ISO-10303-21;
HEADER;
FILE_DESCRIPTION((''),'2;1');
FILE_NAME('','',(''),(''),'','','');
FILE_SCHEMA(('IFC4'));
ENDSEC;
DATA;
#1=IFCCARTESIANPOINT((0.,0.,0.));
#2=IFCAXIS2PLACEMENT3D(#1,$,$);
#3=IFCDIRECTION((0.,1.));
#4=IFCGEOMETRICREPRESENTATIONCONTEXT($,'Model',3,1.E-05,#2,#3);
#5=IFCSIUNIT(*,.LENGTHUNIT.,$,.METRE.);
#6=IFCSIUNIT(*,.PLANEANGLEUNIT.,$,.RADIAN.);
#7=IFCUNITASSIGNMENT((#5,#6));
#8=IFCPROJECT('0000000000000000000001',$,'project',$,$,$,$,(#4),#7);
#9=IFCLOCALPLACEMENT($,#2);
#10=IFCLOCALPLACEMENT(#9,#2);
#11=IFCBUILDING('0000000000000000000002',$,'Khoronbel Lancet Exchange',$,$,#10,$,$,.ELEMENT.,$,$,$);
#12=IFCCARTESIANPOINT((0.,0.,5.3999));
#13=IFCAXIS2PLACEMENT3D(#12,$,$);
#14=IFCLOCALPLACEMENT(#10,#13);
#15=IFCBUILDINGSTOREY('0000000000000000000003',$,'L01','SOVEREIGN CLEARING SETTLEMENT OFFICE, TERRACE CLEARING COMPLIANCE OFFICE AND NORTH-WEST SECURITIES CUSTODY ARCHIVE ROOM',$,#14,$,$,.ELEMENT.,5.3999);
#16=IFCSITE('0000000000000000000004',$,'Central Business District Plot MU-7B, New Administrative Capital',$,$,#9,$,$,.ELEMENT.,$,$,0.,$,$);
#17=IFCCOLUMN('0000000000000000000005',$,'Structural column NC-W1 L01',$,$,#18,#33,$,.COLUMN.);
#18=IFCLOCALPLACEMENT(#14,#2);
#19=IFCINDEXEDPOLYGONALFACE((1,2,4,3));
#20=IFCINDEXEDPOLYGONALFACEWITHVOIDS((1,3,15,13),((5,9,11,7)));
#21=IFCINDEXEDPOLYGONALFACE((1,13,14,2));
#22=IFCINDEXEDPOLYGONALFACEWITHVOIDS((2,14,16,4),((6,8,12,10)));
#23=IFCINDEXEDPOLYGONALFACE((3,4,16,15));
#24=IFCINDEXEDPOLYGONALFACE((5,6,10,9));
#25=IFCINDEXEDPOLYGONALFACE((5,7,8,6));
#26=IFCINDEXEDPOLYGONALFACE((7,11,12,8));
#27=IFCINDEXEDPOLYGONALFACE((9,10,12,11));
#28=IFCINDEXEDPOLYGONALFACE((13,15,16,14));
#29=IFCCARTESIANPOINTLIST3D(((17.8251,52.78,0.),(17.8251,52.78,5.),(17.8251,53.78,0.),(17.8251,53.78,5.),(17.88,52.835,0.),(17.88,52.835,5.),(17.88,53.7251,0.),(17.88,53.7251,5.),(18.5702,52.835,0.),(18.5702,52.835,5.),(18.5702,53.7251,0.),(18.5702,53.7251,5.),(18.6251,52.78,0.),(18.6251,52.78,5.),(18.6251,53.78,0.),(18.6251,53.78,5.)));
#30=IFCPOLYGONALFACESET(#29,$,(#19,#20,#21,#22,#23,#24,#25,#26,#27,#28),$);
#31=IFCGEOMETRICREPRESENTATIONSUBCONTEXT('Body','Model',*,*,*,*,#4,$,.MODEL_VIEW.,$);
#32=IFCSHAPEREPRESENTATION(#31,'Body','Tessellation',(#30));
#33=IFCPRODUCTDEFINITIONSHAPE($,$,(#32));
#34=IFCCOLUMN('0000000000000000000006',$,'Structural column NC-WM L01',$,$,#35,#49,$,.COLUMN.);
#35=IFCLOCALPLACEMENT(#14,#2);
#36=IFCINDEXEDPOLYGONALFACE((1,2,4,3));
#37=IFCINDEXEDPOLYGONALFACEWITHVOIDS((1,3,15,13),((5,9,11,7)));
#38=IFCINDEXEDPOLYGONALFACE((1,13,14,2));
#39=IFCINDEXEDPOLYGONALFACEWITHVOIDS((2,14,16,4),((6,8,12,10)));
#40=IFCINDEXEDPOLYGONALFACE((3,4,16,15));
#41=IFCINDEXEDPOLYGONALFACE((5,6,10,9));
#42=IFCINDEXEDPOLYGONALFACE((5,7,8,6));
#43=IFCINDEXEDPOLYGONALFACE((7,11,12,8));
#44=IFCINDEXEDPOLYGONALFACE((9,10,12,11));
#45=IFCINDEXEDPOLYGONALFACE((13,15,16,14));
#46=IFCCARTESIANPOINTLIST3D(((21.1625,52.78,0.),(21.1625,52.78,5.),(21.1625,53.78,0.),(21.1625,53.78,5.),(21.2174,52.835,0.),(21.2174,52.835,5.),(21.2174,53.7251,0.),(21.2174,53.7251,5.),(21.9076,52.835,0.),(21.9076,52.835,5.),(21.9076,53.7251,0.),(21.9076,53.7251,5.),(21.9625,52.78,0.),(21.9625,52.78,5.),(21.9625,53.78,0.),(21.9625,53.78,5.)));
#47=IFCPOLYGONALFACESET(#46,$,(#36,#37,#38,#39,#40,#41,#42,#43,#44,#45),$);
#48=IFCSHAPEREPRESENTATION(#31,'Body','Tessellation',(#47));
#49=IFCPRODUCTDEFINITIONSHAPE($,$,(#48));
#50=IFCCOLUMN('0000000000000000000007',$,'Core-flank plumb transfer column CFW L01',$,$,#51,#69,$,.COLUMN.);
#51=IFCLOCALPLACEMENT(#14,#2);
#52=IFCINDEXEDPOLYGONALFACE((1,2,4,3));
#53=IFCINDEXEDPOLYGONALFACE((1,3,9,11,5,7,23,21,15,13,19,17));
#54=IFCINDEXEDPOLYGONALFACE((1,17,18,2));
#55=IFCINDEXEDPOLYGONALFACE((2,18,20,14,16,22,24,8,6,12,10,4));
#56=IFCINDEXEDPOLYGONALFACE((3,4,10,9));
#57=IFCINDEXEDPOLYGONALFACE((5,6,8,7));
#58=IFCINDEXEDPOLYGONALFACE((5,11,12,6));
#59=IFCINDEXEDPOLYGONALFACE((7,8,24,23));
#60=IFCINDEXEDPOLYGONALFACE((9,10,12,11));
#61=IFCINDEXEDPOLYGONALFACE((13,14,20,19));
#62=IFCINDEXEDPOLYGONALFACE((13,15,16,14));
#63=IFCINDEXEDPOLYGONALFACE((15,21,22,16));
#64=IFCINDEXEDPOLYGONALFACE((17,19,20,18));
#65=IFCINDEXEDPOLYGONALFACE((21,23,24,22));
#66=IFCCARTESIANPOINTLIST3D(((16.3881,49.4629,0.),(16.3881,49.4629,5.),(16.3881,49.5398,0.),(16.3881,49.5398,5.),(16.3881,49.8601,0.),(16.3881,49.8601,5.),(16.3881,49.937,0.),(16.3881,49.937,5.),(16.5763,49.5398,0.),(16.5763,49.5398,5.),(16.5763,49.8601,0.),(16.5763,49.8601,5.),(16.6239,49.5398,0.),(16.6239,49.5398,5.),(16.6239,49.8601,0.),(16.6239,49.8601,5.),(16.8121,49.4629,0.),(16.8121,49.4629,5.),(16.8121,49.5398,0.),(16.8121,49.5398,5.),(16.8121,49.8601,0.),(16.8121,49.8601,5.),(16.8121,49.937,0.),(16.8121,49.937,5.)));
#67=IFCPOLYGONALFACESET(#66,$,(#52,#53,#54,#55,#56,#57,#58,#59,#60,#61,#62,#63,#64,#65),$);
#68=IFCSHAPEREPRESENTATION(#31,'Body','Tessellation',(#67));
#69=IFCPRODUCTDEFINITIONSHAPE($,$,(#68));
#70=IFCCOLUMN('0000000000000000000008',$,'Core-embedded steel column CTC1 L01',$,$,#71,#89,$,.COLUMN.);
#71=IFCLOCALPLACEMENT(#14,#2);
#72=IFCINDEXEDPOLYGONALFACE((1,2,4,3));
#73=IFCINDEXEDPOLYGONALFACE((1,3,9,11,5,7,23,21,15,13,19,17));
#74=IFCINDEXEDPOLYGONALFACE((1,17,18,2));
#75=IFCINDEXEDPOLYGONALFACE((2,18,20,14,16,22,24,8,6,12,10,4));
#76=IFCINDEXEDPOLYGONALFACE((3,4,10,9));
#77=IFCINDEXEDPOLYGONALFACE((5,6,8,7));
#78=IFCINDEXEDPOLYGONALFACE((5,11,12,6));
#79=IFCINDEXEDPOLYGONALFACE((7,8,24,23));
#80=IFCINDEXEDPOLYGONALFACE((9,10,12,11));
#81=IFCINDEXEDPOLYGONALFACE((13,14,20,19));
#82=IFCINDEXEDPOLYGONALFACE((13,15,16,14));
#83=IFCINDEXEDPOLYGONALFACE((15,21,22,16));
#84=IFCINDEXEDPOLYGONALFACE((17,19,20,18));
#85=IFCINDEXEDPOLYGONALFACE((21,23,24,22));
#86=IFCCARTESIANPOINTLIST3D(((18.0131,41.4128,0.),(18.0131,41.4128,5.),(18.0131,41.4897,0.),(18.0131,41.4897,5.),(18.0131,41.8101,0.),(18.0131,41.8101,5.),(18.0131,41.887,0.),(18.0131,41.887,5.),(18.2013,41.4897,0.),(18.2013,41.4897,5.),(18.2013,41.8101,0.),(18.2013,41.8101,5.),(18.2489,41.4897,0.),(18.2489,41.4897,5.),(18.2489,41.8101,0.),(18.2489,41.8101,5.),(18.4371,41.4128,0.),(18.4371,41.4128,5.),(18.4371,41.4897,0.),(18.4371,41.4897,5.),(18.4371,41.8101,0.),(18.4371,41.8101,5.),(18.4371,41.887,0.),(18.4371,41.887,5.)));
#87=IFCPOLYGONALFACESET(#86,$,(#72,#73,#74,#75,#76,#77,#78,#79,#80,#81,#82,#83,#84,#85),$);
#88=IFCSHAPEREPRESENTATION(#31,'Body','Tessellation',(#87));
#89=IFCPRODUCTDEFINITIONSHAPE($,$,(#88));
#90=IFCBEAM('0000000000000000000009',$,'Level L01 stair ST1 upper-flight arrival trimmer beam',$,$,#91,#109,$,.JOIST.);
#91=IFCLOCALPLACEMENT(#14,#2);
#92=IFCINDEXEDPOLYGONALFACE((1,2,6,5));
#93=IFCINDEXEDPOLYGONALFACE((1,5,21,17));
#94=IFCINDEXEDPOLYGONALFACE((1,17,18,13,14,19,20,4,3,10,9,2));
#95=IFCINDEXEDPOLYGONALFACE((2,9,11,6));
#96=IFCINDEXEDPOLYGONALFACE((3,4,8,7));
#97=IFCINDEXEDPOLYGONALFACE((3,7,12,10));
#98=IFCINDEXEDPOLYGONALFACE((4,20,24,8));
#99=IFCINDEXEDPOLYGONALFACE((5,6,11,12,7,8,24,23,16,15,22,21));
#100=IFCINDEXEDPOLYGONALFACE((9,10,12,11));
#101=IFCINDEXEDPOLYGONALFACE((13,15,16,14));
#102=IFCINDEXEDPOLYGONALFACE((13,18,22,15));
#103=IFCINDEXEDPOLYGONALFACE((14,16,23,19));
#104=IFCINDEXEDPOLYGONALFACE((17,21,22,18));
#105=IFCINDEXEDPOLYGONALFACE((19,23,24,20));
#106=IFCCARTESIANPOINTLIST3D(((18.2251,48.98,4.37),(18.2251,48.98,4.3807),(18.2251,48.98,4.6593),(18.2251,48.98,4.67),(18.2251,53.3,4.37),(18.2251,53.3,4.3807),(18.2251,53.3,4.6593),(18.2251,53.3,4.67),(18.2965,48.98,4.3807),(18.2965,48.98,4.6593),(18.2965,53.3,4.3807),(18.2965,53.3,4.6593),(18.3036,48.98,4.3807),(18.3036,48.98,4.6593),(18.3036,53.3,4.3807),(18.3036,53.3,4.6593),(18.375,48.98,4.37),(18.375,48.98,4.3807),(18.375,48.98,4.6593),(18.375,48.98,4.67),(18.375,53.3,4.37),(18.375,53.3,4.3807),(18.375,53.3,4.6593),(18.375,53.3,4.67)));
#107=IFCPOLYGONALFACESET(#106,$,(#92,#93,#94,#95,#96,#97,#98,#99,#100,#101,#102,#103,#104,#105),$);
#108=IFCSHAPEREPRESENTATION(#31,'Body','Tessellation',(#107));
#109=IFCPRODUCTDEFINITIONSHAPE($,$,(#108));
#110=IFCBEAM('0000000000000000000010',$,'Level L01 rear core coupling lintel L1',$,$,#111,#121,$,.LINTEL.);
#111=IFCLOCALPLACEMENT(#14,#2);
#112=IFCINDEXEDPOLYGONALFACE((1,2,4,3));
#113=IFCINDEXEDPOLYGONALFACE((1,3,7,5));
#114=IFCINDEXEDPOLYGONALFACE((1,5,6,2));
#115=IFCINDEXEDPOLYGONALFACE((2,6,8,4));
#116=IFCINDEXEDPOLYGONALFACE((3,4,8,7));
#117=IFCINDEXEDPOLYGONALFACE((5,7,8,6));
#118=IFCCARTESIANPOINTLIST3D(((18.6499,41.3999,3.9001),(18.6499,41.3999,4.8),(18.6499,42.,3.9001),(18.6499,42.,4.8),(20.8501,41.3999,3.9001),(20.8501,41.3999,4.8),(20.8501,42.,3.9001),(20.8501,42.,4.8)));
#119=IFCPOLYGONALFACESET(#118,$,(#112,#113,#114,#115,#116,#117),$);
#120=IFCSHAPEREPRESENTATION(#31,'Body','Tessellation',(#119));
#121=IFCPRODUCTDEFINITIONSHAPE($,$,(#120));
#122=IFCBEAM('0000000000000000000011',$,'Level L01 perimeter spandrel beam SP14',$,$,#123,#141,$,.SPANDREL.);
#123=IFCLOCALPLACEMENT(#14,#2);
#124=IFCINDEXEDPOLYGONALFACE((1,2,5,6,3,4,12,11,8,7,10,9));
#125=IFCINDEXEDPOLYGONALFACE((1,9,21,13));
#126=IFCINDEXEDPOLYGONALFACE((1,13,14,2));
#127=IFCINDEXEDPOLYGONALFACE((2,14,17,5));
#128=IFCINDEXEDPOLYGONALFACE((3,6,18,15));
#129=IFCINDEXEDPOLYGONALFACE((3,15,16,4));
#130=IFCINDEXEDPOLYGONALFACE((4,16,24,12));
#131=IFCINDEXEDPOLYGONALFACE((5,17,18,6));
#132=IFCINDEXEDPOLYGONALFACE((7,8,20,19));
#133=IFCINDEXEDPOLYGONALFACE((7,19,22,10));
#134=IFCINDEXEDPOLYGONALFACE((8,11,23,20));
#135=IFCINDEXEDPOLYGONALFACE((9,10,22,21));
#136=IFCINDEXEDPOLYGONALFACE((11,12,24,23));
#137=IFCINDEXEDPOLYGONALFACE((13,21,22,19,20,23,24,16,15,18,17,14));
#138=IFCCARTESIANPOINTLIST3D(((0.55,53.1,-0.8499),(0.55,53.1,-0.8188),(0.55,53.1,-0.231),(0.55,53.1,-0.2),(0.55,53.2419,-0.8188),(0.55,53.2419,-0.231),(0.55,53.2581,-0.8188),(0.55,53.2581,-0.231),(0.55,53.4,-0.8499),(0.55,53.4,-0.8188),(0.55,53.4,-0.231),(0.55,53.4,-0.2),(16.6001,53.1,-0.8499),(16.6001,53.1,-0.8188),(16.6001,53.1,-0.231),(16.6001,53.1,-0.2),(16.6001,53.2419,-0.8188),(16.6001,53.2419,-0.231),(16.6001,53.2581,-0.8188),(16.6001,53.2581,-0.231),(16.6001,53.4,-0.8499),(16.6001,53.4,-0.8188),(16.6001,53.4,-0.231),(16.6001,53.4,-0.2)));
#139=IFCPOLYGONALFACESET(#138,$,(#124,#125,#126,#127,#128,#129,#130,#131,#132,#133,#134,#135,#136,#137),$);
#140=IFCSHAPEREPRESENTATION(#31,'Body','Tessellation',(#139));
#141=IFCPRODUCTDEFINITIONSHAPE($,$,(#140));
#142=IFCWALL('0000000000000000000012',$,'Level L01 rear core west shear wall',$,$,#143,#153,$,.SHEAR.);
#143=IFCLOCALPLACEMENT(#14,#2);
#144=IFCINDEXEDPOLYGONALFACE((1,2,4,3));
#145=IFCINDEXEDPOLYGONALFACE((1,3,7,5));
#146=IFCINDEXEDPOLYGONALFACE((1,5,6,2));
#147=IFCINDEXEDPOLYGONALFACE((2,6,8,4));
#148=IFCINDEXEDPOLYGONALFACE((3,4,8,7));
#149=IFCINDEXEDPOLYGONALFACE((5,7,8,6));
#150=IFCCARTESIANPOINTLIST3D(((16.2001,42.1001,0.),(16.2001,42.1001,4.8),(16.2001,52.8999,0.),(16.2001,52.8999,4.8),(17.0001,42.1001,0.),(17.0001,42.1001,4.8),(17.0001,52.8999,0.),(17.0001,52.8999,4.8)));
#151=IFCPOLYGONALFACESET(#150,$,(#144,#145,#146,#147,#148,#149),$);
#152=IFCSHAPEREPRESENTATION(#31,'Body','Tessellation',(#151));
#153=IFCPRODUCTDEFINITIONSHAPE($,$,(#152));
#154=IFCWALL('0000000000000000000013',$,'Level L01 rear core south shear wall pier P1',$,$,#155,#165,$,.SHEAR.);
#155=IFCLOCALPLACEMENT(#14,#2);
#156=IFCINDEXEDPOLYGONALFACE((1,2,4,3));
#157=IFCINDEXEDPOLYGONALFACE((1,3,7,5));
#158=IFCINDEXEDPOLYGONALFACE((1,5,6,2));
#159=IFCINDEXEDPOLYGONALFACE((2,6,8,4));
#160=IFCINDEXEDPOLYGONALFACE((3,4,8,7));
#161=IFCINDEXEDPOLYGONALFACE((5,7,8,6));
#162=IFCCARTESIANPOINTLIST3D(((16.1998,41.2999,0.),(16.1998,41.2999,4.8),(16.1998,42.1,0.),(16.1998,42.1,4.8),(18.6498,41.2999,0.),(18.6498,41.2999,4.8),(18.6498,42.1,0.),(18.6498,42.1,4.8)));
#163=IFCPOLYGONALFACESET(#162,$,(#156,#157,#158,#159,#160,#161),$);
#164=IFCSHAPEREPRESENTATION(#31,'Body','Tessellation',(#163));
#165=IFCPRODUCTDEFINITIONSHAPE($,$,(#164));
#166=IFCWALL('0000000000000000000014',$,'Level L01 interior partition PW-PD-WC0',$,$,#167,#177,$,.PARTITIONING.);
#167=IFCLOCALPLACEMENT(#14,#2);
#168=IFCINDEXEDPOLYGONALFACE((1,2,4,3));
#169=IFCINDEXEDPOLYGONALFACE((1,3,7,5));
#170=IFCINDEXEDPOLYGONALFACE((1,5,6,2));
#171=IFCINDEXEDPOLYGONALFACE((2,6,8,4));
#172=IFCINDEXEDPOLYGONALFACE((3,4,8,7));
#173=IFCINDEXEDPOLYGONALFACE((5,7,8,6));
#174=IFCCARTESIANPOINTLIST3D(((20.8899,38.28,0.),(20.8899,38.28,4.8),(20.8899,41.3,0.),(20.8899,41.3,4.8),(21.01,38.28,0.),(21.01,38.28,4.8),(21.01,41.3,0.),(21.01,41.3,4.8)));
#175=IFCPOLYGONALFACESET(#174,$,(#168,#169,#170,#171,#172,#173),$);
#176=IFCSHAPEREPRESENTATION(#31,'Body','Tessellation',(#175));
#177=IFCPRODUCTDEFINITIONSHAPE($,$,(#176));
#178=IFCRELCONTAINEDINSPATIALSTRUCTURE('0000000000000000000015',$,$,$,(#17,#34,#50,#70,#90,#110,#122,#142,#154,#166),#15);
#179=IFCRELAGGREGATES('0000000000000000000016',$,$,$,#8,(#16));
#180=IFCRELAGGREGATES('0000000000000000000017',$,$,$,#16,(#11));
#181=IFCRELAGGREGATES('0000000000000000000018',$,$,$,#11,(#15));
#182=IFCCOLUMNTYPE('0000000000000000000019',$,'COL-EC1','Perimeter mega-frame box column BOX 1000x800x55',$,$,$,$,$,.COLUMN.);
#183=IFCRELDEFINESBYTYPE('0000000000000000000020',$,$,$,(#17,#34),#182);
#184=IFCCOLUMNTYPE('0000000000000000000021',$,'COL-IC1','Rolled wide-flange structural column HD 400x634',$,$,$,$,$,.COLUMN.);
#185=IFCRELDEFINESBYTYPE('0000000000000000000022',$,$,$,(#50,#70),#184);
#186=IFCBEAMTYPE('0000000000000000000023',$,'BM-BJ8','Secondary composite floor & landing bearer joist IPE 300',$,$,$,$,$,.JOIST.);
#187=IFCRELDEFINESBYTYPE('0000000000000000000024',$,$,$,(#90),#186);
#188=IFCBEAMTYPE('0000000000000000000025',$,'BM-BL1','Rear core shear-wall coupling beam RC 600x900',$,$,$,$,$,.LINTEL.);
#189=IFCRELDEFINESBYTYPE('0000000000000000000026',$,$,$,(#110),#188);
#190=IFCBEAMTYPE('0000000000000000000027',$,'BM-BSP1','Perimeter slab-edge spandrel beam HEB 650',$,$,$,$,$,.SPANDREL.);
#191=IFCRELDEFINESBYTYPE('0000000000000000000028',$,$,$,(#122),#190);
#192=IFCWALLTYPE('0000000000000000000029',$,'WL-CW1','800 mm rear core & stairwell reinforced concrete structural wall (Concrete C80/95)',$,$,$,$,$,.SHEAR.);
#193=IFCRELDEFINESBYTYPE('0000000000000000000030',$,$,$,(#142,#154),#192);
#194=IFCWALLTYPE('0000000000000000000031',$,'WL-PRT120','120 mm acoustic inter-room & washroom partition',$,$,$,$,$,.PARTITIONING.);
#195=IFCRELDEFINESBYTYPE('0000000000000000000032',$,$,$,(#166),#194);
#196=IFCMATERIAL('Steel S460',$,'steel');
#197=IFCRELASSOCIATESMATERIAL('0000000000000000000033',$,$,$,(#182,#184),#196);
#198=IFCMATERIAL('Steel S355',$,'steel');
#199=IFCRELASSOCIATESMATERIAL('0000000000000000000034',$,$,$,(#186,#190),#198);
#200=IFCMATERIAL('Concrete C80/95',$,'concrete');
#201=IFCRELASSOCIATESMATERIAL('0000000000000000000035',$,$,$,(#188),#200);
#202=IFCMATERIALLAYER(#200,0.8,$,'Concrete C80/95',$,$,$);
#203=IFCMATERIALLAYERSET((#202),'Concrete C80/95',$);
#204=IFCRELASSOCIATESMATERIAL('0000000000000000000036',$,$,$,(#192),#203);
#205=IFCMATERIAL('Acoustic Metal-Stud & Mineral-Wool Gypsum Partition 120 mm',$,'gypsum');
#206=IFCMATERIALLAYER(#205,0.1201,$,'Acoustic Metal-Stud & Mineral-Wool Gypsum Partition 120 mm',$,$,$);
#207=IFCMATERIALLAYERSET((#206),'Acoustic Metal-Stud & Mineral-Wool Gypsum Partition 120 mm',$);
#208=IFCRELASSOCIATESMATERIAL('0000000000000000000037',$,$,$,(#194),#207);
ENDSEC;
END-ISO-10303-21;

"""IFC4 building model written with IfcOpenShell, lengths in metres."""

from ifc_helpers import new_model, si_unit, direction, frame, frame_2d, origin, origin_2d, place, context, subcontext, project, spatial, rectangle, hollow_rectangle, i_section, extrude, material, layer, layer_set, material_profile, profile_set, type_object, element, save


model = new_model("IFC4")

# Units and contexts
model_context = context("Model", 3, precision=1e-05, world=origin(), true_north=direction((0.0, 1.0)))
body_context = subcontext(model_context, "Body", "Model", "MODEL_VIEW")
ifc_project = project(units=[si_unit("LENGTHUNIT", "METRE"), si_unit("PLANEANGLEUNIT", "RADIAN")], contexts=[model_context])

# Site, building, storey
site_placement = place(None, origin())
site = spatial("IfcSite", under=ifc_project, at=site_placement, Name="Central Business District Plot MU-7B, New Administrative Capital", CompositionType="ELEMENT", RefElevation=0.0)
building_placement = place(site_placement, origin())
building = spatial("IfcBuilding", under=site, at=building_placement, Name="Khoronbel Lancet Exchange", CompositionType="ELEMENT")
storey_placement = place(building_placement, frame((0.0, 0.0, 5.3999)))
storey = spatial("IfcBuildingStorey", under=building, at=storey_placement, Name="L01", Description="SOVEREIGN CLEARING SETTLEMENT OFFICE, TERRACE CLEARING COMPLIANCE OFFICE AND NORTH-WEST SECURITIES CUSTODY ARCHIVE ROOM", CompositionType="ELEMENT", Elevation=5.3999)

# Columns
ifc_material_1 = material(Name="Steel S460", Category="steel")
ifc_material_profile_1 = material_profile(ifc_material_1, hollow_rectangle(XDim=0.8, YDim=1.0, WallThickness=0.0549, at=origin_2d()), Name="BOX 1000x800x55")
ifc_profile_set_1 = profile_set([ifc_material_profile_1], Name="Steel S460")
column_type_1 = type_object("IfcColumnType", Name="COL-EC1", Description="Perimeter mega-frame box column BOX 1000x800x55", PredefinedType="COLUMN", material=ifc_profile_set_1)
for number, where, z_axis, x_axis, name in (
    (1, (18.2251, 53.28, 0.0), (0.0, 0.0, 1.0), (1.0, 0.0, 0.0), "Structural column NC-W1 L01"),
    (2, (21.5625, 53.28, 0.0), (0.0, 0.0, 1.0), (1.0, 0.0, 0.0), "Structural column NC-WM L01"),
):
    element("IfcColumn", number, at=place(storey_placement, frame(where, z_axis=z_axis, x_axis=x_axis)), inside=storey, type_object=column_type_1, Name=name, PredefinedType="COLUMN", context=body_context, shape_type="SweptSolid", body=[
        extrude(hollow_rectangle(XDim=0.8, YDim=1.0, WallThickness=0.0549, at=origin_2d()), origin(), (0.0, 0.0, 1.0), 5.0),
    ])
ifc_material_profile_2 = material_profile(ifc_material_1, i_section(OverallWidth=0.4241, OverallDepth=0.4741, WebThickness=0.0476, FlangeThickness=0.0769, at=origin_2d()), Name="HD 400x634")
ifc_profile_set_2 = profile_set([ifc_material_profile_2], Name="Steel S460")
column_type_2 = type_object("IfcColumnType", Name="COL-IC1", Description="Rolled wide-flange structural column HD 400x634", PredefinedType="COLUMN", material=ifc_profile_set_2)
for number, where, z_axis, x_axis, name in (
    (3, (16.6001, 49.7, 0.0), (0.0, 0.0, 1.0), (1.0, 0.0, 0.0), "Core-flank plumb transfer column CFW L01"),
    (4, (18.2251, 41.6499, 0.0), (0.0, 0.0, 1.0), (1.0, 0.0, 0.0), "Core-embedded steel column CTC1 L01"),
):
    element("IfcColumn", number, at=place(storey_placement, frame(where, z_axis=z_axis, x_axis=x_axis)), inside=storey, type_object=column_type_2, Name=name, PredefinedType="COLUMN", context=body_context, shape_type="SweptSolid", body=[
        extrude(i_section(OverallWidth=0.4241, OverallDepth=0.4741, WebThickness=0.0476, FlangeThickness=0.0769, at=origin_2d()), origin(), (0.0, 0.0, 1.0), 5.0),
    ])

# Beams
ifc_material_2 = material(Name="Steel S355", Category="steel")
ifc_material_profile_3 = material_profile(ifc_material_2, i_section(OverallWidth=0.1499, OverallDepth=0.3, WebThickness=0.0071, FlangeThickness=0.0107, at=origin_2d()), Name="IPE 300")
ifc_profile_set_3 = profile_set([ifc_material_profile_3], Name="Steel S355")
beam_type_1 = type_object("IfcBeamType", Name="BM-BJ8", Description="Secondary composite floor & landing bearer joist IPE 300", PredefinedType="JOIST", material=ifc_profile_set_3)
beam_1_placement = place(storey_placement, frame((18.3, 48.98, 4.52), z_axis=(0.0, 1.0, 0.0), x_axis=(-1.0, 0.0, 0.0)))
element("IfcBeam", 5, at=beam_1_placement, inside=storey, type_object=beam_type_1, Name="Level L01 stair ST1 upper-flight arrival trimmer beam", PredefinedType="JOIST", context=body_context, shape_type="SweptSolid", body=[
    extrude(i_section(OverallWidth=0.1499, OverallDepth=0.3, WebThickness=0.0071, FlangeThickness=0.0107, at=origin_2d()), origin(), (0.0, 0.0, 1.0), 4.3201),
])
ifc_material_3 = material(Name="Concrete C80/95", Category="concrete")
ifc_material_profile_4 = material_profile(ifc_material_3, rectangle(XDim=0.6001, YDim=0.8999, at=origin_2d()), Name="RC 600x900")
ifc_profile_set_4 = profile_set([ifc_material_profile_4], Name="Concrete C80/95")
beam_type_2 = type_object("IfcBeamType", Name="BM-BL1", Description="Rear core shear-wall coupling beam RC 600x900", PredefinedType="LINTEL", material=ifc_profile_set_4)
beam_2_placement = place(storey_placement, frame((18.6499, 41.7, 4.3501), z_axis=(1.0, 0.0, 0.0), x_axis=(0.0, 1.0, 0.0)))
element("IfcBeam", 6, at=beam_2_placement, inside=storey, type_object=beam_type_2, Name="Level L01 rear core coupling lintel L1", PredefinedType="LINTEL", context=body_context, shape_type="SweptSolid", body=[
    extrude(rectangle(XDim=0.6001, YDim=0.8999, at=origin_2d()), origin(), (0.0, 0.0, 1.0), 2.2002),
])
ifc_material_profile_5 = material_profile(ifc_material_2, i_section(OverallWidth=0.3, OverallDepth=0.6499, WebThickness=0.0161, FlangeThickness=0.031, at=origin_2d()), Name="HEB 650")
ifc_profile_set_5 = profile_set([ifc_material_profile_5], Name="Steel S355")
beam_type_3 = type_object("IfcBeamType", Name="BM-BSP1", Description="Perimeter slab-edge spandrel beam HEB 650", PredefinedType="SPANDREL", material=ifc_profile_set_5)
beam_3_placement = place(storey_placement, frame((16.6001, 53.25, -0.5249), z_axis=(-1.0, 0.0, 0.0), x_axis=(0.0, -1.0, 0.0)))
element("IfcBeam", 7, at=beam_3_placement, inside=storey, type_object=beam_type_3, Name="Level L01 perimeter spandrel beam SP14", PredefinedType="SPANDREL", context=body_context, shape_type="SweptSolid", body=[
    extrude(i_section(OverallWidth=0.3, OverallDepth=0.6499, WebThickness=0.0161, FlangeThickness=0.031, at=origin_2d()), origin(), (0.0, 0.0, 1.0), 16.05),
])

# Walls
ifc_layer_1 = layer(ifc_material_3, 0.8, Name="Concrete C80/95")
ifc_layer_set_1 = layer_set([ifc_layer_1], Name="Concrete C80/95")
wall_type_1 = type_object("IfcWallType", Name="WL-CW1", Description="800 mm rear core & stairwell reinforced concrete structural wall (Concrete C80/95)", PredefinedType="SHEAR", material=ifc_layer_set_1)
wall_1_placement = place(storey_placement, frame((16.6001, 42.1001, 0.0), z_axis=(0.0, 0.0, 1.0), x_axis=(0.0, 1.0, 0.0)))
element("IfcWall", 8, at=wall_1_placement, inside=storey, type_object=wall_type_1, Name="Level L01 rear core west shear wall", PredefinedType="SHEAR", context=body_context, shape_type="SweptSolid", body=[
    extrude(rectangle(XDim=10.7998, YDim=0.8, at=frame_2d((5.3999, 0.0))), origin(), (0.0, 0.0, 1.0), 4.8),
])
wall_2_placement = place(storey_placement, frame((18.6499, 41.7, 0.0), z_axis=(0.0, 0.0, 1.0), x_axis=(-1.0, 0.0, 0.0)))
element("IfcWall", 9, at=wall_2_placement, inside=storey, type_object=wall_type_1, Name="Level L01 rear core south shear wall pier P1", PredefinedType="SHEAR", context=body_context, shape_type="SweptSolid", body=[
    extrude(rectangle(XDim=2.45, YDim=0.8, at=frame_2d((1.2251, 0.0))), origin(), (0.0, 0.0, 1.0), 4.8),
])
ifc_material_4 = material(Name="Acoustic Metal-Stud & Mineral-Wool Gypsum Partition 120 mm", Category="gypsum")
ifc_layer_2 = layer(ifc_material_4, 0.1201, Name="Acoustic Metal-Stud & Mineral-Wool Gypsum Partition 120 mm")
ifc_layer_set_2 = layer_set([ifc_layer_2], Name="Acoustic Metal-Stud & Mineral-Wool Gypsum Partition 120 mm")
wall_type_2 = type_object("IfcWallType", Name="WL-PRT120", Description="120 mm acoustic inter-room & washroom partition", PredefinedType="PARTITIONING", material=ifc_layer_set_2)
wall_3_placement = place(storey_placement, frame((20.95, 38.28, 0.0), z_axis=(0.0, 0.0, 1.0), x_axis=(0.0, 1.0, 0.0)))
element("IfcWall", 10, at=wall_3_placement, inside=storey, type_object=wall_type_2, Name="Level L01 interior partition PW-PD-WC0", PredefinedType="PARTITIONING", context=body_context, shape_type="SweptSolid", body=[
    extrude(rectangle(XDim=3.02, YDim=0.1201, at=frame_2d((1.51, 0.0))), origin(), (0.0, 0.0, 1.0), 4.8),
])

save(model, "model.ifc")
